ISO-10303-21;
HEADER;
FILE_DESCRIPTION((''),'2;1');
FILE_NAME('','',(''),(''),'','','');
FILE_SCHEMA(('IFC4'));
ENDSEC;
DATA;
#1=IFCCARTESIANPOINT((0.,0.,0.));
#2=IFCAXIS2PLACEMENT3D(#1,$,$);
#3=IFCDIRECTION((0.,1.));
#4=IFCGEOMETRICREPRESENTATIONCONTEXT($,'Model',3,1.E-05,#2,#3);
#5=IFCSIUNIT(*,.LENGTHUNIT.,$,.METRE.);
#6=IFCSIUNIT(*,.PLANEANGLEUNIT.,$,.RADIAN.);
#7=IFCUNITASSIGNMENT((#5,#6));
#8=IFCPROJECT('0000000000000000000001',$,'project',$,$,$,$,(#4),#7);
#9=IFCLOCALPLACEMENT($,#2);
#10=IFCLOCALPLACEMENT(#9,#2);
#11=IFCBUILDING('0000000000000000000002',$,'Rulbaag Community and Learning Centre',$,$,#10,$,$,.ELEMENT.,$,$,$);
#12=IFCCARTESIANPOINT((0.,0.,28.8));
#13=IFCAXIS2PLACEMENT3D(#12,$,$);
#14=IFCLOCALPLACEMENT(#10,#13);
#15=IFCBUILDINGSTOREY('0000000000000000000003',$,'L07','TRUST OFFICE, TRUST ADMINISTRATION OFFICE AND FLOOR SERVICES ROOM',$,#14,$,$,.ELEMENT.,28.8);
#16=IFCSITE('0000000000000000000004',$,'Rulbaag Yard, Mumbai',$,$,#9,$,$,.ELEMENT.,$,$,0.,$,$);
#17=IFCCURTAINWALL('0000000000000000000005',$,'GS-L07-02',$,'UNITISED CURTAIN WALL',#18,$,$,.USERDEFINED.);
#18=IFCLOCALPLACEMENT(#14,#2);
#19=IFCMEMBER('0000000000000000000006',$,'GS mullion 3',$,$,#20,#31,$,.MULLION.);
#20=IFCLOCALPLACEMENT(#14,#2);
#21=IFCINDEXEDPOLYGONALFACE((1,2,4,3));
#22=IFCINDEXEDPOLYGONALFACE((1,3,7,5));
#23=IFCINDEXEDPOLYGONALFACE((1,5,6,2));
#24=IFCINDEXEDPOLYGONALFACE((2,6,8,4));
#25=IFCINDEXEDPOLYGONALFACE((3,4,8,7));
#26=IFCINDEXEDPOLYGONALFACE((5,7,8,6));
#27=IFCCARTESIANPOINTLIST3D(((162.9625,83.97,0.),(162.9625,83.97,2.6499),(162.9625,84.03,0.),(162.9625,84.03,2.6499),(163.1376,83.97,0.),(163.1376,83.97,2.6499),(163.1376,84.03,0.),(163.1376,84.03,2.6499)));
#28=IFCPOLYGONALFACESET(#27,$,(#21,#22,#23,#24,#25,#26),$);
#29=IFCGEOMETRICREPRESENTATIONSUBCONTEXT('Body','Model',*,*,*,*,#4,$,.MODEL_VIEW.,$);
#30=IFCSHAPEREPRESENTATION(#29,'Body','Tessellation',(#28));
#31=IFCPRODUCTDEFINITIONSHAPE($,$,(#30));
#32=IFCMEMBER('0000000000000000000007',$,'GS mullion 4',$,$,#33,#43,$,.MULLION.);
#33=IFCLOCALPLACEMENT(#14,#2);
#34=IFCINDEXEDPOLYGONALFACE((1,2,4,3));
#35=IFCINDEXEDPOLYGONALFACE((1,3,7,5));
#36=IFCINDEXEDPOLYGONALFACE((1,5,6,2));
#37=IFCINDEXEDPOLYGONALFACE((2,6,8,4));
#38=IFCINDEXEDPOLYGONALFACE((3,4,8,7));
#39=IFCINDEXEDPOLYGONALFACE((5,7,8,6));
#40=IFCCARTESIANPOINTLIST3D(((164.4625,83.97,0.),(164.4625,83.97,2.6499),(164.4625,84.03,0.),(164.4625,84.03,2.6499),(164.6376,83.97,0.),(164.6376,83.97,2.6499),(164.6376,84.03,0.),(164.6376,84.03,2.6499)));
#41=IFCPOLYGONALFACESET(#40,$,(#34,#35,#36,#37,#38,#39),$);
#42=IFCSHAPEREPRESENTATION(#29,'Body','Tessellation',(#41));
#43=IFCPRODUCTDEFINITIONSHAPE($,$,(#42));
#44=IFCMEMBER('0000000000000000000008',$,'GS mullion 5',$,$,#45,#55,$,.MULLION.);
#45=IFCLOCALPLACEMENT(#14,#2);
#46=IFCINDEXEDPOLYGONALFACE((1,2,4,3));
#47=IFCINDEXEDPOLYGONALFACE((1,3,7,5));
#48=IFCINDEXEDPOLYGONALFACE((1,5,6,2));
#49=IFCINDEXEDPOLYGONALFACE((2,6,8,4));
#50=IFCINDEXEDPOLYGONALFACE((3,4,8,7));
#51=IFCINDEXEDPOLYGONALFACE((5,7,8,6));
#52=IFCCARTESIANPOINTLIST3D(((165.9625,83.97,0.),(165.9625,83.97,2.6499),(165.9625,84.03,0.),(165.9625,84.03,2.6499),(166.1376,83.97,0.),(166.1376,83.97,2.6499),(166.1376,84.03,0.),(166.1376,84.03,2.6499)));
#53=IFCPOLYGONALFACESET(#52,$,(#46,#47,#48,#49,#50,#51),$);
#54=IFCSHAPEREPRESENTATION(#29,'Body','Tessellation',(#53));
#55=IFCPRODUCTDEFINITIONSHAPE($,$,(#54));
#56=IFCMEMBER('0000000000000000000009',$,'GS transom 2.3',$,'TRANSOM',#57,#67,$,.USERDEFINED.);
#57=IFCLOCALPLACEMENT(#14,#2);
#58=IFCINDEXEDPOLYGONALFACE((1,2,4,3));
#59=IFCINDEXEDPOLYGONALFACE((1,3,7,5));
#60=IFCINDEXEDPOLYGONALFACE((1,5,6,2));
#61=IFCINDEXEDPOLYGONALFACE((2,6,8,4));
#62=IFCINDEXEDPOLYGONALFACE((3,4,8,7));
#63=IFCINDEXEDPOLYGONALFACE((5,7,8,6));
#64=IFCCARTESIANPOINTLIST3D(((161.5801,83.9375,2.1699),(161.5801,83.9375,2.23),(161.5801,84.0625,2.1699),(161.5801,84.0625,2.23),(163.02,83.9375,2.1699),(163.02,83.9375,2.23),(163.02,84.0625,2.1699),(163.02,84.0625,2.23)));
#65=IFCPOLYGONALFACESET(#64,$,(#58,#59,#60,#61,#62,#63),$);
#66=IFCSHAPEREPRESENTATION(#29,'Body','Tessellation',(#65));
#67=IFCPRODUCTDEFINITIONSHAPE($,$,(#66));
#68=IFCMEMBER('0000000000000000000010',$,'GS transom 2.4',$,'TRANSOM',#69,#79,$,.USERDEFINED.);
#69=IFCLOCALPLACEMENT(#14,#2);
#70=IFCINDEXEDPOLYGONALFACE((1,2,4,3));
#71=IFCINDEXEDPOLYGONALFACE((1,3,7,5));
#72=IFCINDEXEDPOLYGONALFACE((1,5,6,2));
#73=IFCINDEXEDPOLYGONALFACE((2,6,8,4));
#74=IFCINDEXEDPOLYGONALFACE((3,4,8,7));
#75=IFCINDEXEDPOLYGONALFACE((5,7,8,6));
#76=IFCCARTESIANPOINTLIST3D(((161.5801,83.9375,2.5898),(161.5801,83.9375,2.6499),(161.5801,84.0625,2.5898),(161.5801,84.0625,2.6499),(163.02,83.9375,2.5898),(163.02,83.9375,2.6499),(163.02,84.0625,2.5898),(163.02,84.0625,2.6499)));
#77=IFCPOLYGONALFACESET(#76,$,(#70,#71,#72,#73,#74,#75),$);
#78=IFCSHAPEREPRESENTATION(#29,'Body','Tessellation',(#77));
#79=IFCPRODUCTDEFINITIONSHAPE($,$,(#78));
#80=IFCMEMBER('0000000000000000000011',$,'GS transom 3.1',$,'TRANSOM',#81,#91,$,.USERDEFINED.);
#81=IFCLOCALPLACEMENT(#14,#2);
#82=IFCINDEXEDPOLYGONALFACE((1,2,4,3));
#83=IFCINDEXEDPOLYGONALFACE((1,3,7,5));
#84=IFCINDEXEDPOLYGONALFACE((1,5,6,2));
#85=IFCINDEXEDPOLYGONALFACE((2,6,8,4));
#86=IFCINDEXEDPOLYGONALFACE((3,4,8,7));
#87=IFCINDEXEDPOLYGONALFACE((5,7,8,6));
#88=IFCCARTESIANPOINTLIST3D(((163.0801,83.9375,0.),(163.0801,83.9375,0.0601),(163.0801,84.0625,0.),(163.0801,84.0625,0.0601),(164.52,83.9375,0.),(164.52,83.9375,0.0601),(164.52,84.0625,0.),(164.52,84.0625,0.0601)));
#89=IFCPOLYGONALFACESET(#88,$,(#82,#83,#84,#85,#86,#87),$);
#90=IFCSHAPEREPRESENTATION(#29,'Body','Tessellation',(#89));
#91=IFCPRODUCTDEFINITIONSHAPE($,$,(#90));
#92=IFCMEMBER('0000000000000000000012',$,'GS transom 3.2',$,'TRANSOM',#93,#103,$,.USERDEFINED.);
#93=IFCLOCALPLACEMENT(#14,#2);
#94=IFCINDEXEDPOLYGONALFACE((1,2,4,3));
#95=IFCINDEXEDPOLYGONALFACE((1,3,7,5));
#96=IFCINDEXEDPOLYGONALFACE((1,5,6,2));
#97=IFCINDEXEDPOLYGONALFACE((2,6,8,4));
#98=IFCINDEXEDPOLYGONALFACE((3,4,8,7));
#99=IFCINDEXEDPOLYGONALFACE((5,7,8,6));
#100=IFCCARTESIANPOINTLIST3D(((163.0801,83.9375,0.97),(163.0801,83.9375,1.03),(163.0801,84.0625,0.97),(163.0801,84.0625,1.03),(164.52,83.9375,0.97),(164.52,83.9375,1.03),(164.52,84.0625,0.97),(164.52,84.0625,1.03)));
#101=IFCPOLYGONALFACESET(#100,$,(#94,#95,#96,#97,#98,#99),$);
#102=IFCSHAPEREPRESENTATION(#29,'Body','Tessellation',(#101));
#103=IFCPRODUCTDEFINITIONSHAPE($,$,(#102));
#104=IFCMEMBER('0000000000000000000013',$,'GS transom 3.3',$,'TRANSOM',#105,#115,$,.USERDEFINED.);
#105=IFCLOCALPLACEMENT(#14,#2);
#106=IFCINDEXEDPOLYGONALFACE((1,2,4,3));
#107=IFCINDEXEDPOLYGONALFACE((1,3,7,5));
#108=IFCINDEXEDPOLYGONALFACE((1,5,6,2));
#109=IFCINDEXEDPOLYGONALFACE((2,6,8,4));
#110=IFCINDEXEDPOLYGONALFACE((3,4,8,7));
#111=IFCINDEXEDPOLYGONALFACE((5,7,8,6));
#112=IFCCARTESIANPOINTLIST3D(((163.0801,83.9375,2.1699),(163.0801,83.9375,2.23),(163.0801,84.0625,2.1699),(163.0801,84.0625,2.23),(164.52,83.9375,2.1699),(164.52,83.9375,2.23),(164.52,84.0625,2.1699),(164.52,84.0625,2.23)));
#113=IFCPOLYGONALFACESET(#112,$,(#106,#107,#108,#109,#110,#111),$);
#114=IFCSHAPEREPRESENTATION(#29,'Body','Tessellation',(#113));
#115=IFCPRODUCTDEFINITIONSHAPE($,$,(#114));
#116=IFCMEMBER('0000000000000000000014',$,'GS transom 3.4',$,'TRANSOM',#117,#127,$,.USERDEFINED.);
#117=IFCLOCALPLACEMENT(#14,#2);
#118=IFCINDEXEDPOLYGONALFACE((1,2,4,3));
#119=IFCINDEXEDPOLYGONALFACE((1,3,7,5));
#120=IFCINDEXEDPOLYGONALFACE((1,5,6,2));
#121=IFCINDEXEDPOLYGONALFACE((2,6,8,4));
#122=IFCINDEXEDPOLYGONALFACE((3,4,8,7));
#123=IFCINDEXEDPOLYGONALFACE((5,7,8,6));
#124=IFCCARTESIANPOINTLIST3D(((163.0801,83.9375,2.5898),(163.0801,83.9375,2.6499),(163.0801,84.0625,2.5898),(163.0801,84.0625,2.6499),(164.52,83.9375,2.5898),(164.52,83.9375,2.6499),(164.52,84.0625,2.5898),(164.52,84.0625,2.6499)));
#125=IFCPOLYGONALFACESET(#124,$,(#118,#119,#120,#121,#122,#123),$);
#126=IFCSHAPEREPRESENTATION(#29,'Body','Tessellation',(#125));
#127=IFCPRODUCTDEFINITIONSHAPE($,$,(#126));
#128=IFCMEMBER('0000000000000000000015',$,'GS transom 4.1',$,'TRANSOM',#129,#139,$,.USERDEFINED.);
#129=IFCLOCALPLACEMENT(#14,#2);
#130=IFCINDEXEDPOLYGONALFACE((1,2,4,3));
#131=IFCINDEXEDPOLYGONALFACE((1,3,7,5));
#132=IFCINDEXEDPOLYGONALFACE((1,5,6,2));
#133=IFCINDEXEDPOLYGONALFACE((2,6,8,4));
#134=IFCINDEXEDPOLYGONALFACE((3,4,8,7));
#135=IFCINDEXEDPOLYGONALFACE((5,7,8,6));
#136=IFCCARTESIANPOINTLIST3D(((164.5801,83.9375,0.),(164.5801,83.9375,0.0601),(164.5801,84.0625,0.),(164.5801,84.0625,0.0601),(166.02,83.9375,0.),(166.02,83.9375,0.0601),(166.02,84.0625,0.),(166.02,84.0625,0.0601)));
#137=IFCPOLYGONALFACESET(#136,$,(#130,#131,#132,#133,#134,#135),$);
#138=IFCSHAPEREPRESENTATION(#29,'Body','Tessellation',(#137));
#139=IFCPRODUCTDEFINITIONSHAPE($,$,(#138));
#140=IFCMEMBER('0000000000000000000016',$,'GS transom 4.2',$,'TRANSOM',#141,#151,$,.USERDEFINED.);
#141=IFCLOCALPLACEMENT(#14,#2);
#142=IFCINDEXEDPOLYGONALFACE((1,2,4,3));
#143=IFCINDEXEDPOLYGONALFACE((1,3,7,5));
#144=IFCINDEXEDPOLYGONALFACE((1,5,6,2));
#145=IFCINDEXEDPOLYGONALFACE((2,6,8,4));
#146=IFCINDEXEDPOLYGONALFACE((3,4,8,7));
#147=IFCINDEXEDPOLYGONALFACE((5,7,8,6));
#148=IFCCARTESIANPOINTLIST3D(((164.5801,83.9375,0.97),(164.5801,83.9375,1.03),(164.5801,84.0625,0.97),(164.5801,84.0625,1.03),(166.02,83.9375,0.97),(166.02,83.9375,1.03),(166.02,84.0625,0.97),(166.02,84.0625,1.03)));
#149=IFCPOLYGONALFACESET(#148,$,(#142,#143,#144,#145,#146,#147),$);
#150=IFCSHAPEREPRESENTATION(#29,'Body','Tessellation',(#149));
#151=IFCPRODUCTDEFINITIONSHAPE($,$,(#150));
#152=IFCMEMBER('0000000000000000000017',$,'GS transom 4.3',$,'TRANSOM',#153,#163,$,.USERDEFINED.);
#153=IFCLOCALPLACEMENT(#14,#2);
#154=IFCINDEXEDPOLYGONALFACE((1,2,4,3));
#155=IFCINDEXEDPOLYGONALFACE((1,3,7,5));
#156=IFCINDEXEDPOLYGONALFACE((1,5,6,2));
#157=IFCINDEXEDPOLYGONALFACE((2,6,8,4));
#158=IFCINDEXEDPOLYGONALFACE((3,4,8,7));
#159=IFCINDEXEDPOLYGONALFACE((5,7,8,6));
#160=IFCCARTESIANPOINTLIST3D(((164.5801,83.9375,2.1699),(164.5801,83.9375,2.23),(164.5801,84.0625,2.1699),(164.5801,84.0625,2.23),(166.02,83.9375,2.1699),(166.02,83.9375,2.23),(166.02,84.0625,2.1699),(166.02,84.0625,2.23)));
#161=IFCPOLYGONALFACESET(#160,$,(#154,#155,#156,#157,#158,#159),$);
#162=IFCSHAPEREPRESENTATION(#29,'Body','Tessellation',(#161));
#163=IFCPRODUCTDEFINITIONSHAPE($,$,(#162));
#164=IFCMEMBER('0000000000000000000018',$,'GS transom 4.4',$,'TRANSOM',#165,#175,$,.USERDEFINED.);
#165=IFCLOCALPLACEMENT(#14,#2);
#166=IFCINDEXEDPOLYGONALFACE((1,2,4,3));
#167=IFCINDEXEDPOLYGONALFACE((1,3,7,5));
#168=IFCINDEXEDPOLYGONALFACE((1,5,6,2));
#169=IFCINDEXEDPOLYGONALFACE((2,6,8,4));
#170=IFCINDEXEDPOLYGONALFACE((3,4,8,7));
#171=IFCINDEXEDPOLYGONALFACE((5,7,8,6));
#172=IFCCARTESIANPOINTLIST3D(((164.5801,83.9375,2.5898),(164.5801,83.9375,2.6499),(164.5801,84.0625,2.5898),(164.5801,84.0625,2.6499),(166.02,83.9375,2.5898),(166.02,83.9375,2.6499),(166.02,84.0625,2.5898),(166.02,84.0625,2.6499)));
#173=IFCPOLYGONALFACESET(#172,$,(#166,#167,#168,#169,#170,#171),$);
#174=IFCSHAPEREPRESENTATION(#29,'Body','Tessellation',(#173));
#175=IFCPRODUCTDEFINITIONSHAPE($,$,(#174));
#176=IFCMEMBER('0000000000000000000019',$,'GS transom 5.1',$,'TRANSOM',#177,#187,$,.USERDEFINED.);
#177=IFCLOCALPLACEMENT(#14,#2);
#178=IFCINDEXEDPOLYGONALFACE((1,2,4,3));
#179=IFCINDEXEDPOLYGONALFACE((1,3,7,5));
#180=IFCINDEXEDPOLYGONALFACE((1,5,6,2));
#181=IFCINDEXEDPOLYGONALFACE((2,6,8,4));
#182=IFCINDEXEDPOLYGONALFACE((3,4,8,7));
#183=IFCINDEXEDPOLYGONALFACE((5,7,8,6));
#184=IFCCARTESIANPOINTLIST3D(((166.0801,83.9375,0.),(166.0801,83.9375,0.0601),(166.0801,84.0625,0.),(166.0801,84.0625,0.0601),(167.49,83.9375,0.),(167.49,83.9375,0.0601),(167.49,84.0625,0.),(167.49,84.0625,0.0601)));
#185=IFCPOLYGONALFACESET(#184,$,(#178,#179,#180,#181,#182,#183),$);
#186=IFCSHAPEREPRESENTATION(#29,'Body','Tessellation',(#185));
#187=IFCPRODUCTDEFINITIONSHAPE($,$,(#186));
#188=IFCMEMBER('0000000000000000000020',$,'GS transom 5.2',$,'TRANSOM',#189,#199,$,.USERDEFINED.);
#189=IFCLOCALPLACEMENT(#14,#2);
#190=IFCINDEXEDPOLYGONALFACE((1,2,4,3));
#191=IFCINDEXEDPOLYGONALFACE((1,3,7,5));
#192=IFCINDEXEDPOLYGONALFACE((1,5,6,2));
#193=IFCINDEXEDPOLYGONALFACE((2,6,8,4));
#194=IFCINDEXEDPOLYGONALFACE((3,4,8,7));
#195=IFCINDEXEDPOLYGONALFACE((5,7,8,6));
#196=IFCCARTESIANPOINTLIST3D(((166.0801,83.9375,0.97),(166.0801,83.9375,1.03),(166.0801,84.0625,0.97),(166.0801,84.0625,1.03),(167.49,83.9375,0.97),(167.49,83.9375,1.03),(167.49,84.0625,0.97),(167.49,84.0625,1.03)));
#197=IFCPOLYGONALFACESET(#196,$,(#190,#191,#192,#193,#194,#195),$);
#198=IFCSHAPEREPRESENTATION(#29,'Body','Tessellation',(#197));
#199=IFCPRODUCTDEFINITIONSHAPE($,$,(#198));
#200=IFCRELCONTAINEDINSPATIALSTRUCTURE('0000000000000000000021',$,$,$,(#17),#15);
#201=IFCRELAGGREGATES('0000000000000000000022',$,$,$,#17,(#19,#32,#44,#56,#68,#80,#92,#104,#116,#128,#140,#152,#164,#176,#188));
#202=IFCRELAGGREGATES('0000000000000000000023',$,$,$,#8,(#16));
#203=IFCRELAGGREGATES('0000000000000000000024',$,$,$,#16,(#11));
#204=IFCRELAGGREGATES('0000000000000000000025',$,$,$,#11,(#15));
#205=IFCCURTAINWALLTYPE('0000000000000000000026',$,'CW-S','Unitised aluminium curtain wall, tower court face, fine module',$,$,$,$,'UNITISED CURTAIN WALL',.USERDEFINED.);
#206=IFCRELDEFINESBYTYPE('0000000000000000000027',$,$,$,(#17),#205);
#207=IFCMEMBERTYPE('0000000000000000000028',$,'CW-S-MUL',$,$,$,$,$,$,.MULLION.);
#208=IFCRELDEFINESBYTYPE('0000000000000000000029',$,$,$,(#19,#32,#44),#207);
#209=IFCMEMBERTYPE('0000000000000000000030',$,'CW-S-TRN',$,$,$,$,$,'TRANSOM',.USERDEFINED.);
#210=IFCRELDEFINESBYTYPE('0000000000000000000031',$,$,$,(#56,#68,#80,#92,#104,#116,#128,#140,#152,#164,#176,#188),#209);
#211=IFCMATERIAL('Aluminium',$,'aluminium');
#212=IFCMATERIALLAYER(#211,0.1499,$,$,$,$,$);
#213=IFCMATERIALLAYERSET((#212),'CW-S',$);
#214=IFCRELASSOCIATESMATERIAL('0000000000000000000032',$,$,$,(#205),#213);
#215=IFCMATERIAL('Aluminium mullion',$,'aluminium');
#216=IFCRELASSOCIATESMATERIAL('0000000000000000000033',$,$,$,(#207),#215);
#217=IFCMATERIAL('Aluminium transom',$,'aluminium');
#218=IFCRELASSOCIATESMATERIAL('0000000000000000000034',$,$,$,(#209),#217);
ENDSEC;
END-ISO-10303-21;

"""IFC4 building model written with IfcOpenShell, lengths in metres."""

from ifc_helpers import new_model, si_unit, direction, frame, origin, origin_2d, place, context, subcontext, project, spatial, rectangle, extrude, material, layer, layer_set, material_profile, profile_set, type_object, element, aggregate, save


model = new_model("IFC4")

# Units and contexts
model_context = context("Model", 3, precision=1e-05, world=origin(), true_north=direction((0.0, 1.0)))
body_context = subcontext(model_context, "Body", "Model", "MODEL_VIEW")
ifc_project = project(units=[si_unit("LENGTHUNIT", "METRE"), si_unit("PLANEANGLEUNIT", "RADIAN")], contexts=[model_context])

# Site, building, storey
site_placement = place(None, origin())
site = spatial("IfcSite", under=ifc_project, at=site_placement, Name="Rulbaag Yard, Mumbai", CompositionType="ELEMENT", RefElevation=0.0)
building_placement = place(site_placement, origin())
building = spatial("IfcBuilding", under=site, at=building_placement, Name="Rulbaag Community and Learning Centre", CompositionType="ELEMENT")
storey_placement = place(building_placement, frame((0.0, 0.0, 28.8)))
storey = spatial("IfcBuildingStorey", under=building, at=storey_placement, Name="L07", Description="TRUST OFFICE, TRUST ADMINISTRATION OFFICE AND FLOOR SERVICES ROOM", CompositionType="ELEMENT", Elevation=28.8)

# Curtain wall, members
ifc_material_1 = material(Name="Aluminium", Category="aluminium")
ifc_layer_1 = layer(ifc_material_1, 0.1499)
ifc_layer_set_1 = layer_set([ifc_layer_1], Name="CW-S")
curtain_wall_type = type_object("IfcCurtainWallType", Name="CW-S", Description="Unitised aluminium curtain wall, tower court face, fine module", ElementType="UNITISED CURTAIN WALL", PredefinedType="USERDEFINED", material=ifc_layer_set_1)
curtain_wall_placement = place(storey_placement, origin())
curtain_wall = element("IfcCurtainWall", 1, at=curtain_wall_placement, inside=storey, type_object=curtain_wall_type, Name="GS-L07-02", ObjectType="UNITISED CURTAIN WALL", PredefinedType="USERDEFINED")
ifc_material_2 = material(Name="Aluminium mullion", Category="aluminium")
ifc_material_profile_1 = material_profile(ifc_material_2, rectangle(XDim=0.0601, YDim=0.175, at=origin_2d()), Name="AL 60x175")
ifc_profile_set_1 = profile_set([ifc_material_profile_1], Name="Aluminium mullion")
member_type_1 = type_object("IfcMemberType", Name="CW-S-MUL", PredefinedType="MULLION", material=ifc_profile_set_1)
member_1_placement = place(storey_placement, frame((163.05, 84.0, 0.0), z_axis=(0.0, 0.0, 1.0), x_axis=(0.0, 1.0, 0.0)))
member_1 = element("IfcMember", 2, at=member_1_placement, type_object=member_type_1, Name="GS mullion 3", PredefinedType="MULLION", context=body_context, shape_type="SweptSolid", body=[
    extrude(rectangle(XDim=0.0601, YDim=0.175, at=origin_2d()), origin(), (0.0, 0.0, 1.0), 2.6499),
])
member_2_placement = place(storey_placement, frame((164.55, 84.0, 0.0), z_axis=(0.0, 0.0, 1.0), x_axis=(0.0, 1.0, 0.0)))
member_2 = element("IfcMember", 3, at=member_2_placement, type_object=member_type_1, Name="GS mullion 4", PredefinedType="MULLION", context=body_context, shape_type="SweptSolid", body=[
    extrude(rectangle(XDim=0.0601, YDim=0.175, at=origin_2d()), origin(), (0.0, 0.0, 1.0), 2.6499),
])
member_3_placement = place(storey_placement, frame((166.05, 84.0, 0.0), z_axis=(0.0, 0.0, 1.0), x_axis=(0.0, 1.0, 0.0)))
member_3 = element("IfcMember", 4, at=member_3_placement, type_object=member_type_1, Name="GS mullion 5", PredefinedType="MULLION", context=body_context, shape_type="SweptSolid", body=[
    extrude(rectangle(XDim=0.0601, YDim=0.175, at=origin_2d()), origin(), (0.0, 0.0, 1.0), 2.6499),
])
ifc_material_3 = material(Name="Aluminium transom", Category="aluminium")
ifc_material_profile_2 = material_profile(ifc_material_3, rectangle(XDim=0.125, YDim=0.0601, at=origin_2d()), Name="AL 60x125 T")
ifc_profile_set_2 = profile_set([ifc_material_profile_2], Name="Aluminium transom")
member_type_2 = type_object("IfcMemberType", Name="CW-S-TRN", ElementType="TRANSOM", PredefinedType="USERDEFINED", material=ifc_profile_set_2)
member_4_placement = place(storey_placement, frame((161.5801, 84.0, 2.2), z_axis=(1.0, 0.0, 0.0), x_axis=(0.0, 1.0, 0.0)))
member_4 = element("IfcMember", 5, at=member_4_placement, type_object=member_type_2, Name="GS transom 2.3", ObjectType="TRANSOM", PredefinedType="USERDEFINED", context=body_context, shape_type="SweptSolid", body=[
    extrude(rectangle(XDim=0.125, YDim=0.0601, at=origin_2d()), origin(), (0.0, 0.0, 1.0), 1.4399),
])
member_5_placement = place(storey_placement, frame((161.5801, 84.0, 2.6199), z_axis=(1.0, 0.0, 0.0), x_axis=(0.0, 1.0, 0.0)))
member_5 = element("IfcMember", 6, at=member_5_placement, type_object=member_type_2, Name="GS transom 2.4", ObjectType="TRANSOM", PredefinedType="USERDEFINED", context=body_context, shape_type="SweptSolid", body=[
    extrude(rectangle(XDim=0.125, YDim=0.0601, at=origin_2d()), origin(), (0.0, 0.0, 1.0), 1.4399),
])
member_6_placement = place(storey_placement, frame((163.0801, 84.0, 0.03), z_axis=(1.0, 0.0, 0.0), x_axis=(0.0, 1.0, 0.0)))
member_6 = element("IfcMember", 7, at=member_6_placement, type_object=member_type_2, Name="GS transom 3.1", ObjectType="TRANSOM", PredefinedType="USERDEFINED", context=body_context, shape_type="SweptSolid", body=[
    extrude(rectangle(XDim=0.125, YDim=0.0601, at=origin_2d()), origin(), (0.0, 0.0, 1.0), 1.4399),
])
member_7_placement = place(storey_placement, frame((163.0801, 84.0, 1.0), z_axis=(1.0, 0.0, 0.0), x_axis=(0.0, 1.0, 0.0)))
member_7 = element("IfcMember", 8, at=member_7_placement, type_object=member_type_2, Name="GS transom 3.2", ObjectType="TRANSOM", PredefinedType="USERDEFINED", context=body_context, shape_type="SweptSolid", body=[
    extrude(rectangle(XDim=0.125, YDim=0.0601, at=origin_2d()), origin(), (0.0, 0.0, 1.0), 1.4399),
])
member_8_placement = place(storey_placement, frame((163.0801, 84.0, 2.2), z_axis=(1.0, 0.0, 0.0), x_axis=(0.0, 1.0, 0.0)))
member_8 = element("IfcMember", 9, at=member_8_placement, type_object=member_type_2, Name="GS transom 3.3", ObjectType="TRANSOM", PredefinedType="USERDEFINED", context=body_context, shape_type="SweptSolid", body=[
    extrude(rectangle(XDim=0.125, YDim=0.0601, at=origin_2d()), origin(), (0.0, 0.0, 1.0), 1.4399),
])
member_9_placement = place(storey_placement, frame((163.0801, 84.0, 2.6199), z_axis=(1.0, 0.0, 0.0), x_axis=(0.0, 1.0, 0.0)))
member_9 = element("IfcMember", 10, at=member_9_placement, type_object=member_type_2, Name="GS transom 3.4", ObjectType="TRANSOM", PredefinedType="USERDEFINED", context=body_context, shape_type="SweptSolid", body=[
    extrude(rectangle(XDim=0.125, YDim=0.0601, at=origin_2d()), origin(), (0.0, 0.0, 1.0), 1.4399),
])
member_10_placement = place(storey_placement, frame((164.5801, 84.0, 0.03), z_axis=(1.0, 0.0, 0.0), x_axis=(0.0, 1.0, 0.0)))
member_10 = element("IfcMember", 11, at=member_10_placement, type_object=member_type_2, Name="GS transom 4.1", ObjectType="TRANSOM", PredefinedType="USERDEFINED", context=body_context, shape_type="SweptSolid", body=[
    extrude(rectangle(XDim=0.125, YDim=0.0601, at=origin_2d()), origin(), (0.0, 0.0, 1.0), 1.4399),
])
member_11_placement = place(storey_placement, frame((164.5801, 84.0, 1.0), z_axis=(1.0, 0.0, 0.0), x_axis=(0.0, 1.0, 0.0)))
member_11 = element("IfcMember", 12, at=member_11_placement, type_object=member_type_2, Name="GS transom 4.2", ObjectType="TRANSOM", PredefinedType="USERDEFINED", context=body_context, shape_type="SweptSolid", body=[
    extrude(rectangle(XDim=0.125, YDim=0.0601, at=origin_2d()), origin(), (0.0, 0.0, 1.0), 1.4399),
])
member_12_placement = place(storey_placement, frame((164.5801, 84.0, 2.2), z_axis=(1.0, 0.0, 0.0), x_axis=(0.0, 1.0, 0.0)))
member_12 = element("IfcMember", 13, at=member_12_placement, type_object=member_type_2, Name="GS transom 4.3", ObjectType="TRANSOM", PredefinedType="USERDEFINED", context=body_context, shape_type="SweptSolid", body=[
    extrude(rectangle(XDim=0.125, YDim=0.0601, at=origin_2d()), origin(), (0.0, 0.0, 1.0), 1.4399),
])
member_13_placement = place(storey_placement, frame((164.5801, 84.0, 2.6199), z_axis=(1.0, 0.0, 0.0), x_axis=(0.0, 1.0, 0.0)))
member_13 = element("IfcMember", 14, at=member_13_placement, type_object=member_type_2, Name="GS transom 4.4", ObjectType="TRANSOM", PredefinedType="USERDEFINED", context=body_context, shape_type="SweptSolid", body=[
    extrude(rectangle(XDim=0.125, YDim=0.0601, at=origin_2d()), origin(), (0.0, 0.0, 1.0), 1.4399),
])
member_14_placement = place(storey_placement, frame((166.0801, 84.0, 0.03), z_axis=(1.0, 0.0, 0.0), x_axis=(0.0, 1.0, 0.0)))
member_14 = element("IfcMember", 15, at=member_14_placement, type_object=member_type_2, Name="GS transom 5.1", ObjectType="TRANSOM", PredefinedType="USERDEFINED", context=body_context, shape_type="SweptSolid", body=[
    extrude(rectangle(XDim=0.125, YDim=0.0601, at=origin_2d()), origin(), (0.0, 0.0, 1.0), 1.4099),
])
member_15_placement = place(storey_placement, frame((166.0801, 84.0, 1.0), z_axis=(1.0, 0.0, 0.0), x_axis=(0.0, 1.0, 0.0)))
member_15 = element("IfcMember", 16, at=member_15_placement, type_object=member_type_2, Name="GS transom 5.2", ObjectType="TRANSOM", PredefinedType="USERDEFINED", context=body_context, shape_type="SweptSolid", body=[
    extrude(rectangle(XDim=0.125, YDim=0.0601, at=origin_2d()), origin(), (0.0, 0.0, 1.0), 1.4099),
])
aggregate(curtain_wall, [member_1, member_2, member_3, member_4, member_5, member_6, member_7, member_8, member_9, member_10, member_11, member_12, member_13, member_14, member_15])

save(model, "model.ifc")
